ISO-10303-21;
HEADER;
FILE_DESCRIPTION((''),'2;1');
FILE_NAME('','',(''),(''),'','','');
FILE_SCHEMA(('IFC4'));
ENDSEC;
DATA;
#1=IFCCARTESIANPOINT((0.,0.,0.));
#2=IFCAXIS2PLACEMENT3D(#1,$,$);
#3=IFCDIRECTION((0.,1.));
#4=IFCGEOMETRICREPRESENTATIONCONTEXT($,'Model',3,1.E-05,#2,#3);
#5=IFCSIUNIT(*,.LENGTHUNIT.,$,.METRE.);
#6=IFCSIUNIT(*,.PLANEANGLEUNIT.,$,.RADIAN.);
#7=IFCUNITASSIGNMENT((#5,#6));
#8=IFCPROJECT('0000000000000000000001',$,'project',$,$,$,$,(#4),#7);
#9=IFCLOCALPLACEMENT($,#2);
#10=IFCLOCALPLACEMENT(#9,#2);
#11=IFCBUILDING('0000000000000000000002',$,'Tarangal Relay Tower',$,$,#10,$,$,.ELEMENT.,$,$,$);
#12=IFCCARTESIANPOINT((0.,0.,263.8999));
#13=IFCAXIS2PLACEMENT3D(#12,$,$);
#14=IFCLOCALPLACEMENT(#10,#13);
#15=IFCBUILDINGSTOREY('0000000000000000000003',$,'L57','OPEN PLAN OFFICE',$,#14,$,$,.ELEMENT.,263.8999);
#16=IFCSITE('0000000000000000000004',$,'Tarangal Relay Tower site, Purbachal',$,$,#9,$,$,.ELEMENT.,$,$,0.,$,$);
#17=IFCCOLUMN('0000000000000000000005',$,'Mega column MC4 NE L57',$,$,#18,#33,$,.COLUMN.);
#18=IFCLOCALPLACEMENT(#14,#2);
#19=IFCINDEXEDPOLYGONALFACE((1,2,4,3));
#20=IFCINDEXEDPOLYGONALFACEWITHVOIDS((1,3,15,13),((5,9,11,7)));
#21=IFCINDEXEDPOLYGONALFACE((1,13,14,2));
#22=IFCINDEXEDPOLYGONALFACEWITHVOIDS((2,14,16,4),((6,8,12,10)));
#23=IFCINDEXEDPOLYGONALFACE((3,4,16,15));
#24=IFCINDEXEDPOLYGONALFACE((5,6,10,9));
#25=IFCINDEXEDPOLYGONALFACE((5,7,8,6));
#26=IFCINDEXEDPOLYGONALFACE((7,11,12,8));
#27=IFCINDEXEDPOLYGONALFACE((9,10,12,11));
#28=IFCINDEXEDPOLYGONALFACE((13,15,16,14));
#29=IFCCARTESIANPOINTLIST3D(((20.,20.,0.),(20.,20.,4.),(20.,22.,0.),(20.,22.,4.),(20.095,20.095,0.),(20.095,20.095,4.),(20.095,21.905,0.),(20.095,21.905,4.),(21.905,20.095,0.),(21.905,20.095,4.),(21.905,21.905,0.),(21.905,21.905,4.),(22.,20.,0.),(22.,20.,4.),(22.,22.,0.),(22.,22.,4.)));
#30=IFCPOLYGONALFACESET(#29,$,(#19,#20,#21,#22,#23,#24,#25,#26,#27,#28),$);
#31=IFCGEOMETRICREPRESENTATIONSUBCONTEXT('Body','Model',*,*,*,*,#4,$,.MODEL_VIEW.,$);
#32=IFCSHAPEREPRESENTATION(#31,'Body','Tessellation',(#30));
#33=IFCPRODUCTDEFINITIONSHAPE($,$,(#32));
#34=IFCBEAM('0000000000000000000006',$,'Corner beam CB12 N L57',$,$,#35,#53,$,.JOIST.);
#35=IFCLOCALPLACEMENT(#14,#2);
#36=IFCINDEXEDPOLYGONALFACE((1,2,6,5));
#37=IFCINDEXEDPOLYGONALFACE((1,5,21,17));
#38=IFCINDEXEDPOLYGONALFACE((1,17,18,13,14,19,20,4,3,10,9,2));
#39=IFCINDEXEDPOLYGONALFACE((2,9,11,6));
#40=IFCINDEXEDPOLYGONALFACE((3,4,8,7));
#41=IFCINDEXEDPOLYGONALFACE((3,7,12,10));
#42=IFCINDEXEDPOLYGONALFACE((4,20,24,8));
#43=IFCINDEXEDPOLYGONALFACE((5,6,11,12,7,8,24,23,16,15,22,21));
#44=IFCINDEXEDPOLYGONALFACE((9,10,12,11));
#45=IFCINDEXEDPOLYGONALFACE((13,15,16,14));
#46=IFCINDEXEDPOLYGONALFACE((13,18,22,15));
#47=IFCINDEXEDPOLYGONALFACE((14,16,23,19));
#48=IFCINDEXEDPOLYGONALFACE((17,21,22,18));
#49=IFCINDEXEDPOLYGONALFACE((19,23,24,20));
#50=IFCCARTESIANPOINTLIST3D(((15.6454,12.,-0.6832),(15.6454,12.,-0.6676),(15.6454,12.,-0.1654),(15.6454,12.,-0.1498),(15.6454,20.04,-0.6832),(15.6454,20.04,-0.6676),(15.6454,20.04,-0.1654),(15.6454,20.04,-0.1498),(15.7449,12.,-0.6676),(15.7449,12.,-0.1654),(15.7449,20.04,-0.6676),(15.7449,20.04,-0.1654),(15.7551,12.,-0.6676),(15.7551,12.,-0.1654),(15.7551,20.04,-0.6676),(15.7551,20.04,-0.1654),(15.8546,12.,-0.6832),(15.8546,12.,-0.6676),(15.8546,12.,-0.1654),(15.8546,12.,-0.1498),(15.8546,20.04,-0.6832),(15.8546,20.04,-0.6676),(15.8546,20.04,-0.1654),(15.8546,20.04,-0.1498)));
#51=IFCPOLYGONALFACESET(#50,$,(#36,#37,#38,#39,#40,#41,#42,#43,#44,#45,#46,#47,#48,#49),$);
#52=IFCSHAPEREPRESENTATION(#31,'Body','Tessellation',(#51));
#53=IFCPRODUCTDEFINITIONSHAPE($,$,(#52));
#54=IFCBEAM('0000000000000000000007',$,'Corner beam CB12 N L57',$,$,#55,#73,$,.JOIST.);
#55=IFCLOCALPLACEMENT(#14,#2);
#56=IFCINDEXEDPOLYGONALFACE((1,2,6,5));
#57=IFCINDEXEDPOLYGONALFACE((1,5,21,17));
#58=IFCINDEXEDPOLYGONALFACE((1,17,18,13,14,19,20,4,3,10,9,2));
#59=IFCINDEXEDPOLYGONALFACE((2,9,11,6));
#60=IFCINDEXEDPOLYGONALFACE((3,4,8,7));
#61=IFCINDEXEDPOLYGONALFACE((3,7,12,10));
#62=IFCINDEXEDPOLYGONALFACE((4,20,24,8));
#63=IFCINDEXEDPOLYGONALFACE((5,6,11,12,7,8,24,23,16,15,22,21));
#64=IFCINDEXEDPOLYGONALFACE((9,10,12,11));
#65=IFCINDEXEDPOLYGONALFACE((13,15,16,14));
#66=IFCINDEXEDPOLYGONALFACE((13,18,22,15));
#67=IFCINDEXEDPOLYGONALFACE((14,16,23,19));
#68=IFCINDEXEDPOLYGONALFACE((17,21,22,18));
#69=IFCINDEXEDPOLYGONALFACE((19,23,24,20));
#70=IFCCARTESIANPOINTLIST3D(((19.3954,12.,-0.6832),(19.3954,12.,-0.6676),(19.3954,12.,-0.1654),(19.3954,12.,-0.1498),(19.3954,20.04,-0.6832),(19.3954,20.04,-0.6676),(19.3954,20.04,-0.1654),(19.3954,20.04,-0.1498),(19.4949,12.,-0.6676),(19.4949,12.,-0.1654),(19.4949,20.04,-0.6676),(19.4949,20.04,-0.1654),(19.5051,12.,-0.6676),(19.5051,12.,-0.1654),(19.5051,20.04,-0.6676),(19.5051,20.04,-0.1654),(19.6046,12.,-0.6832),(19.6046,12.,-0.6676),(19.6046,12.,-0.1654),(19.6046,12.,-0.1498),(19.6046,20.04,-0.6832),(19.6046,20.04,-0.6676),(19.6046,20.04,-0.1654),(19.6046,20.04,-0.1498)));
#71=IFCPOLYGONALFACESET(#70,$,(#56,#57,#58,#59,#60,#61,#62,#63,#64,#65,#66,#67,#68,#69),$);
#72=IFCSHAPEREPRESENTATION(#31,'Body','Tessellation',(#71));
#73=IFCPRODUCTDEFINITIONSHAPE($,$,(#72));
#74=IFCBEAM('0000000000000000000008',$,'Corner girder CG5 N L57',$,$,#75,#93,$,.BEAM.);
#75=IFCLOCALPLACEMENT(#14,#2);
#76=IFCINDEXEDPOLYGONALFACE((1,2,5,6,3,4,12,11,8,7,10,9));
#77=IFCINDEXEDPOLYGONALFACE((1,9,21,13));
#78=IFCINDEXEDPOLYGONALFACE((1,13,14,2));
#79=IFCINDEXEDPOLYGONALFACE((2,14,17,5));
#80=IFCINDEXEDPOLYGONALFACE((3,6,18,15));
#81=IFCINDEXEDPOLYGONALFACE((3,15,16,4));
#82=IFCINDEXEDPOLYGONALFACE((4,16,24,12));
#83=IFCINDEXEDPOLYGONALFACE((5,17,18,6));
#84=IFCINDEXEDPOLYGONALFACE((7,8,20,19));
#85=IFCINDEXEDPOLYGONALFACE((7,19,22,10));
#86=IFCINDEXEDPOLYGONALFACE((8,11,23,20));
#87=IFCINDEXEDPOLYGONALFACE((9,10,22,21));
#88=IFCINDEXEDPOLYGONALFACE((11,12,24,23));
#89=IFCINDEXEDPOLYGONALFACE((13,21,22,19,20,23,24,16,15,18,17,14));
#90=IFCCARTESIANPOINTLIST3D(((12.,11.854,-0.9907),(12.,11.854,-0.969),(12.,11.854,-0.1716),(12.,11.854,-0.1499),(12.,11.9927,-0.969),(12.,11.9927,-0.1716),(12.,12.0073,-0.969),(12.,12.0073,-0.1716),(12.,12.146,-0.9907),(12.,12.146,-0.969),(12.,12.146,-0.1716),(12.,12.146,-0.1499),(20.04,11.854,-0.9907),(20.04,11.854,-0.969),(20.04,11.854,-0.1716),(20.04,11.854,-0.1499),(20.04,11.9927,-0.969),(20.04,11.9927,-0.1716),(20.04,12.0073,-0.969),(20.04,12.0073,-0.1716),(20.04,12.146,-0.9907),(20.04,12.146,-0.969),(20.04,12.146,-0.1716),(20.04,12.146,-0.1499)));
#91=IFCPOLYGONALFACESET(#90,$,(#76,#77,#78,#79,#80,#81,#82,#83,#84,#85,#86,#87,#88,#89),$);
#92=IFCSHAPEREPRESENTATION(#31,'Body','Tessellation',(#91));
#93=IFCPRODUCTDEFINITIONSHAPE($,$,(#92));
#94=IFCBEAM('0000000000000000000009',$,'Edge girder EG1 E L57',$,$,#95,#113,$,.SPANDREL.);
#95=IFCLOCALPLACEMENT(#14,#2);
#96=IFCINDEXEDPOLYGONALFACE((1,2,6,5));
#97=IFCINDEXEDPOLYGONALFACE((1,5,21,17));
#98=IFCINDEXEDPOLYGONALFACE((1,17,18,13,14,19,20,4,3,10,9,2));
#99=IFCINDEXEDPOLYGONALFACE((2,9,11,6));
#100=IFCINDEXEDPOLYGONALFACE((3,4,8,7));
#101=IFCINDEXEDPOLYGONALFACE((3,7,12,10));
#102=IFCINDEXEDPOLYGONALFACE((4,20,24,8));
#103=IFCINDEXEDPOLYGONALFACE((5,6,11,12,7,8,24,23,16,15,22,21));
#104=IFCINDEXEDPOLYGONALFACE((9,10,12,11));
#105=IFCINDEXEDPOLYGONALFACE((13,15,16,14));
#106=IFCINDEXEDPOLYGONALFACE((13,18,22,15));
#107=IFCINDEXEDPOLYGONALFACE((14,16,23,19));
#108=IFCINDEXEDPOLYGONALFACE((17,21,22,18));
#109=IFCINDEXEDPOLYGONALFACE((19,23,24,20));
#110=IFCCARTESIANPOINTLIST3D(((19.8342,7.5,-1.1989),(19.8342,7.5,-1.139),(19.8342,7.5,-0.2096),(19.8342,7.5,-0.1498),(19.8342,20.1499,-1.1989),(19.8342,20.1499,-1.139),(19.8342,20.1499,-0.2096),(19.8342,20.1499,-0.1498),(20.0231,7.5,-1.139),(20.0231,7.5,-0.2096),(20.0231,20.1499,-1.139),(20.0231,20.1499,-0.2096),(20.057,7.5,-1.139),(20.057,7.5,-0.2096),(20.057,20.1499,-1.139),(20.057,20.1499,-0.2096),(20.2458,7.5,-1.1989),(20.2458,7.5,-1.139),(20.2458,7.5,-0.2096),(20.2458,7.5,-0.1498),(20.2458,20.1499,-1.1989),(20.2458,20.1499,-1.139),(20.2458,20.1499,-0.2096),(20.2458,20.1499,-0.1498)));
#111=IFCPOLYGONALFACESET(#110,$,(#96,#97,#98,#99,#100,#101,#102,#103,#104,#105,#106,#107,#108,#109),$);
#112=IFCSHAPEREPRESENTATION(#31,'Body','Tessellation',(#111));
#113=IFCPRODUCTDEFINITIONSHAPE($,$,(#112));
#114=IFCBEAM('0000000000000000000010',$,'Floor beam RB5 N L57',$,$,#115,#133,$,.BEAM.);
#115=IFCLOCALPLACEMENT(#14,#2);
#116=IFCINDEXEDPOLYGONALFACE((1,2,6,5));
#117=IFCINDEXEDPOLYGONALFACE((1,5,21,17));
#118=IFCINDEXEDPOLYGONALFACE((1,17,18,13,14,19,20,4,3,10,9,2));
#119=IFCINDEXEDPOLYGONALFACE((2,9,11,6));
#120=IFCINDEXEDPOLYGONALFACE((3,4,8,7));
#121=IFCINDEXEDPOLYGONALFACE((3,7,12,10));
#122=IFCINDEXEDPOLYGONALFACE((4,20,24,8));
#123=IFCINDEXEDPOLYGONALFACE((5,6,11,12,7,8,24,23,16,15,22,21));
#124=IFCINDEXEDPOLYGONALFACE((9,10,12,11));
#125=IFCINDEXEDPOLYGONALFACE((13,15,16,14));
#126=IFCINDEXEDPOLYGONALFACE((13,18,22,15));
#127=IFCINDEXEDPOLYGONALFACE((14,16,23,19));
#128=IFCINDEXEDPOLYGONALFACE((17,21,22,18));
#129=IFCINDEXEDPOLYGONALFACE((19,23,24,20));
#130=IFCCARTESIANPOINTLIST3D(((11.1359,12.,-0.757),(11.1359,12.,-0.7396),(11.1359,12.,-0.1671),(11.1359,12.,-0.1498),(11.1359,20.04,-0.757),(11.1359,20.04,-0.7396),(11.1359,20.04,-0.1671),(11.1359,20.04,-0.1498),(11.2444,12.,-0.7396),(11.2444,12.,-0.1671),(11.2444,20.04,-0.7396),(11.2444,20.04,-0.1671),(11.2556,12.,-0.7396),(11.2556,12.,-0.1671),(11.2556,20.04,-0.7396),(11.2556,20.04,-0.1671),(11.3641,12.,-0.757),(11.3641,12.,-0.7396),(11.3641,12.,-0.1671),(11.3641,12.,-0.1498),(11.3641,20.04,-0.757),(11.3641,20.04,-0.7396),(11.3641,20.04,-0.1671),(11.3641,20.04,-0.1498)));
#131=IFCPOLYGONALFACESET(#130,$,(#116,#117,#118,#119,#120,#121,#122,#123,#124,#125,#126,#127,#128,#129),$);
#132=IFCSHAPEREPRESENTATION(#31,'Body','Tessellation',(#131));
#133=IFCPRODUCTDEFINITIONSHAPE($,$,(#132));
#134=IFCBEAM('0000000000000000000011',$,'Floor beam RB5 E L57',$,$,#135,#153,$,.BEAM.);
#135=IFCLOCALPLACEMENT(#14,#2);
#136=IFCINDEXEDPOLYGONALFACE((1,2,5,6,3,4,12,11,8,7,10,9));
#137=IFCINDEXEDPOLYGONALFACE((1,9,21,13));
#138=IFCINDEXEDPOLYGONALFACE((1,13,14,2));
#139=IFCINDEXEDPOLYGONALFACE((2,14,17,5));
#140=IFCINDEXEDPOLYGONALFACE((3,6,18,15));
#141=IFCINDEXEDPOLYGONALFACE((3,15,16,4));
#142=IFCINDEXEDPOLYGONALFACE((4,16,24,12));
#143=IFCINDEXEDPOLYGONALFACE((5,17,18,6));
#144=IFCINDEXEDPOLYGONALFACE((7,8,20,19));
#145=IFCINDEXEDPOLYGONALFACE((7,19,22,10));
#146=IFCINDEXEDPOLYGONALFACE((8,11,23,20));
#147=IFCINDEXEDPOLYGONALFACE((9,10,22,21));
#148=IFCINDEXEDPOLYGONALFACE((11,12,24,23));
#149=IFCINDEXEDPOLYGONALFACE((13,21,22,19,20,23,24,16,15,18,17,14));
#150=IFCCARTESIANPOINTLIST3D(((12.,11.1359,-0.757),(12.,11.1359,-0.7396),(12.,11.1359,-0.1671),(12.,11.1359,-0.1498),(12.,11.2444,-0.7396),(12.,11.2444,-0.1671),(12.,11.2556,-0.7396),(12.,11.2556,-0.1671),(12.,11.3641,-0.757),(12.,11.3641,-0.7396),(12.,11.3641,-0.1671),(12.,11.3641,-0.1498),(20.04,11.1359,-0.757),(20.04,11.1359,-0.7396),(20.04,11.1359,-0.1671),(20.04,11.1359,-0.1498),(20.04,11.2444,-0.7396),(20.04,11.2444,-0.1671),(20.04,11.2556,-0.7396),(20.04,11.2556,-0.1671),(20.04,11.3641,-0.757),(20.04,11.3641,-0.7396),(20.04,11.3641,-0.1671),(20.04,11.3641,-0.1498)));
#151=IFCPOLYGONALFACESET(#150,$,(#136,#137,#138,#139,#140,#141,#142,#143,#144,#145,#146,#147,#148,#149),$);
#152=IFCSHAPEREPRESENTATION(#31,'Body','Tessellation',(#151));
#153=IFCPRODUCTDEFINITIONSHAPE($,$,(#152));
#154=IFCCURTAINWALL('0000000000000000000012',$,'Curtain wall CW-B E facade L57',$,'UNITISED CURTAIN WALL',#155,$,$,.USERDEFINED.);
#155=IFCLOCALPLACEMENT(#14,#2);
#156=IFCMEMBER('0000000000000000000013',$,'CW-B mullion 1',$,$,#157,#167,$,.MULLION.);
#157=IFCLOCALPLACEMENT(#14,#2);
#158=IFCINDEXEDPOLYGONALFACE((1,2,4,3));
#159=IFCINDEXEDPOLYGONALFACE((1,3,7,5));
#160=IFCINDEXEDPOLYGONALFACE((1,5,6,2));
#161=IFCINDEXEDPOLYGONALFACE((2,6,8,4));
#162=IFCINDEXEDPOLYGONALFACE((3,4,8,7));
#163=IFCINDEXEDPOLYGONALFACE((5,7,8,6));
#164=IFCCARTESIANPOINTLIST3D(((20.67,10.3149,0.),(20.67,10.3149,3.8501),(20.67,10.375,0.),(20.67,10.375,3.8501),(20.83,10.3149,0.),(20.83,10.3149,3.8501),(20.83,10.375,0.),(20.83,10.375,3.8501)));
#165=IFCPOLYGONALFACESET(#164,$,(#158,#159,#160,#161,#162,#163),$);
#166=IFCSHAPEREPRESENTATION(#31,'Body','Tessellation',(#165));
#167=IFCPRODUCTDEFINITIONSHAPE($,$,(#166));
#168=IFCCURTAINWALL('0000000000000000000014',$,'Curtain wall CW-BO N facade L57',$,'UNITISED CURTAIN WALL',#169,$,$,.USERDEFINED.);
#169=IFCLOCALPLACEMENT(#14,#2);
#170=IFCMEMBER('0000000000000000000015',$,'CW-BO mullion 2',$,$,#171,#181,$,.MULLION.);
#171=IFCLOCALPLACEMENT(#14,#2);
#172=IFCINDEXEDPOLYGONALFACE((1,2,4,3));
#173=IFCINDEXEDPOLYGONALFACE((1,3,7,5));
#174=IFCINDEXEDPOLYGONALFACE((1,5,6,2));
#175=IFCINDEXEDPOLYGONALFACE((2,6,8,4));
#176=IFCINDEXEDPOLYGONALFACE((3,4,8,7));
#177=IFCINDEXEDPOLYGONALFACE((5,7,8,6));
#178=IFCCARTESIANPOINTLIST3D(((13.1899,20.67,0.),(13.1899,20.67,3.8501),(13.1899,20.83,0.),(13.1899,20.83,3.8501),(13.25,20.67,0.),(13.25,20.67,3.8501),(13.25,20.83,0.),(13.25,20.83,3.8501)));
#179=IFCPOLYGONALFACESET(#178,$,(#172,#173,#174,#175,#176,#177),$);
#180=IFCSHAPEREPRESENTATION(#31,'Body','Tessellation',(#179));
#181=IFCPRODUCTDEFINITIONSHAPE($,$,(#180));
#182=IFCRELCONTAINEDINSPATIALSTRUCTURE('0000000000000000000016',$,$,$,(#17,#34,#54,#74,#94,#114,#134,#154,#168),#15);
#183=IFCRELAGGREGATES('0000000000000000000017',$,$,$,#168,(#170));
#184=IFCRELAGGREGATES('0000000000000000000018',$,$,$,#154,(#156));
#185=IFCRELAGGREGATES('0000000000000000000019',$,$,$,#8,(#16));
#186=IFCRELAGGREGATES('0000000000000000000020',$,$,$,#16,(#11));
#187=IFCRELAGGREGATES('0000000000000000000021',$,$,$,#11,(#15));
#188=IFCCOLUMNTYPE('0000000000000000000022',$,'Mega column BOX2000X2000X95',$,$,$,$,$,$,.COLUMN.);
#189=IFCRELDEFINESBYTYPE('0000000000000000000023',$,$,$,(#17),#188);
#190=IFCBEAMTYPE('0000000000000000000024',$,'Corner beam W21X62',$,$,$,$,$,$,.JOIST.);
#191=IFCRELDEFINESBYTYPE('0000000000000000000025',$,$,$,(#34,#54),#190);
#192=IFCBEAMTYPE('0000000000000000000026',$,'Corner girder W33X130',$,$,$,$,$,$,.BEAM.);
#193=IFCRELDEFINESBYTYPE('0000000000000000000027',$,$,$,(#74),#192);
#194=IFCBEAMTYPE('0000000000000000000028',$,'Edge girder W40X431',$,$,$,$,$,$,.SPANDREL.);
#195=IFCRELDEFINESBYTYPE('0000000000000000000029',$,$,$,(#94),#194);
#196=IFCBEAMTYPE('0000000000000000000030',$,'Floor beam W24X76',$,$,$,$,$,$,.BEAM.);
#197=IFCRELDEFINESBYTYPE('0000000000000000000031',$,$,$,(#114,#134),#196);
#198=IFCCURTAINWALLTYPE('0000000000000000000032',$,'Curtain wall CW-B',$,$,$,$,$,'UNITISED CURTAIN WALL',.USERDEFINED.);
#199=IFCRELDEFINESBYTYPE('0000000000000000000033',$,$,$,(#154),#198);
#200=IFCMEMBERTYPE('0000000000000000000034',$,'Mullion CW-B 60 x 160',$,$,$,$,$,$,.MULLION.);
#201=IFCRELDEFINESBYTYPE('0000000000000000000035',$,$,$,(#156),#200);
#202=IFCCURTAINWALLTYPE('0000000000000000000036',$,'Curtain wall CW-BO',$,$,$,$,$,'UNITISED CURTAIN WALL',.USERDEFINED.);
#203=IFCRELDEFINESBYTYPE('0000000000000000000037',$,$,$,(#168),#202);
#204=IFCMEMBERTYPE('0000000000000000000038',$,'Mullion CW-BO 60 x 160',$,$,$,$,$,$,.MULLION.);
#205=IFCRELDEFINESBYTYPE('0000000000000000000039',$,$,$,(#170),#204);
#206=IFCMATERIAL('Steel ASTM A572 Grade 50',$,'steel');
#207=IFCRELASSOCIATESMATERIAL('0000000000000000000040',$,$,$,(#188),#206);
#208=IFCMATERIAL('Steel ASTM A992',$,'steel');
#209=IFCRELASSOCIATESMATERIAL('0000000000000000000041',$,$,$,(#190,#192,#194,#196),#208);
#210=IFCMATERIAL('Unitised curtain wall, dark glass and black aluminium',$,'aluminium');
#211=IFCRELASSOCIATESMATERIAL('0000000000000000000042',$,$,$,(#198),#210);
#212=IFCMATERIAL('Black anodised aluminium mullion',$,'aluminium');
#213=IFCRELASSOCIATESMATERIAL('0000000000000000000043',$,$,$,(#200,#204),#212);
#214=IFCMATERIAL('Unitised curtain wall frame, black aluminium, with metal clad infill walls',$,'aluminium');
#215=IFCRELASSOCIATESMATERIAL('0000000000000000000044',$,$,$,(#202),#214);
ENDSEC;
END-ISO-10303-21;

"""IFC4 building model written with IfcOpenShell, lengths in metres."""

from ifc_helpers import new_model, si_unit, direction, frame, origin, origin_2d, place, context, subcontext, project, spatial, rectangle, hollow_rectangle, i_section, extrude, material, material_profile, profile_set, type_object, element, aggregate, save


model = new_model("IFC4")

# Units and contexts
model_context = context("Model", 3, precision=1e-05, world=origin(), true_north=direction((0.0, 1.0)))
body_context = subcontext(model_context, "Body", "Model", "MODEL_VIEW")
ifc_project = project(units=[si_unit("LENGTHUNIT", "METRE"), si_unit("PLANEANGLEUNIT", "RADIAN")], contexts=[model_context])

# Site, building, storey
site_placement = place(None, origin())
site = spatial("IfcSite", under=ifc_project, at=site_placement, Name="Tarangal Relay Tower site, Purbachal", CompositionType="ELEMENT", RefElevation=0.0)
building_placement = place(site_placement, origin())
building = spatial("IfcBuilding", under=site, at=building_placement, Name="Tarangal Relay Tower", CompositionType="ELEMENT")
storey_placement = place(building_placement, frame((0.0, 0.0, 263.8999)))
storey = spatial("IfcBuildingStorey", under=building, at=storey_placement, Name="L57", Description="OPEN PLAN OFFICE", CompositionType="ELEMENT", Elevation=263.8999)

# Column
ifc_material_1 = material(Name="Steel ASTM A572 Grade 50", Category="steel")
ifc_material_profile_1 = material_profile(ifc_material_1, hollow_rectangle(XDim=2.0, YDim=2.0, WallThickness=0.095, at=origin_2d()), Name="BOX2000X2000X95")
ifc_profile_set_1 = profile_set([ifc_material_profile_1], Name="Steel ASTM A572 Grade 50")
column_type = type_object("IfcColumnType", Name="Mega column BOX2000X2000X95", PredefinedType="COLUMN", material=ifc_profile_set_1)
column_placement = place(storey_placement, frame((21.0, 21.0, 0.0), z_axis=(0.0, 0.0, 1.0), x_axis=(1.0, 0.0, 0.0)))
element("IfcColumn", 1, at=column_placement, inside=storey, type_object=column_type, Name="Mega column MC4 NE L57", PredefinedType="COLUMN", context=body_context, shape_type="SweptSolid", body=[
    extrude(hollow_rectangle(XDim=2.0, YDim=2.0, WallThickness=0.095, at=origin_2d()), origin(), (0.0, 0.0, 1.0), 4.0),
])

# Beams
ifc_material_2 = material(Name="Steel ASTM A992", Category="steel")
ifc_material_profile_2 = material_profile(ifc_material_2, i_section(OverallWidth=0.2092, OverallDepth=0.5334, WebThickness=0.0103, FlangeThickness=0.0156, at=origin_2d()), Name="W21X62")
ifc_profile_set_2 = profile_set([ifc_material_profile_2], Name="Steel ASTM A992")
beam_type_1 = type_object("IfcBeamType", Name="Corner beam W21X62", PredefinedType="JOIST", material=ifc_profile_set_2)
for number, where, z_axis, x_axis, name in (
    (2, (15.75, 12.0, -0.4165), (0.0, 1.0, 0.0), (-1.0, 0.0, 0.0), "Corner beam CB12 N L57"),
    (3, (19.5, 12.0, -0.4165), (0.0, 1.0, 0.0), (-1.0, 0.0, 0.0), "Corner beam CB12 N L57"),
):
    element("IfcBeam", number, at=place(storey_placement, frame(where, z_axis=z_axis, x_axis=x_axis)), inside=storey, type_object=beam_type_1, Name=name, PredefinedType="JOIST", context=body_context, shape_type="SweptSolid", body=[
        extrude(i_section(OverallWidth=0.2092, OverallDepth=0.5334, WebThickness=0.0103, FlangeThickness=0.0156, at=origin_2d()), origin(), (0.0, 0.0, 1.0), 8.04),
    ])
ifc_material_profile_3 = material_profile(ifc_material_2, i_section(OverallWidth=0.292, OverallDepth=0.8408, WebThickness=0.0146, FlangeThickness=0.0217, at=origin_2d()), Name="W33X130")
ifc_profile_set_3 = profile_set([ifc_material_profile_3], Name="Steel ASTM A992")
beam_type_2 = type_object("IfcBeamType", Name="Corner girder W33X130", PredefinedType="BEAM", material=ifc_profile_set_3)
beam_1_placement = place(storey_placement, frame((12.0, 12.0, -0.5703), z_axis=(1.0, 0.0, 0.0), x_axis=(0.0, 1.0, 0.0)))
element("IfcBeam", 4, at=beam_1_placement, inside=storey, type_object=beam_type_2, Name="Corner girder CG5 N L57", PredefinedType="BEAM", context=body_context, shape_type="SweptSolid", body=[
    extrude(i_section(OverallWidth=0.292, OverallDepth=0.8408, WebThickness=0.0146, FlangeThickness=0.0217, at=origin_2d()), origin(), (0.0, 0.0, 1.0), 8.04),
])
ifc_material_profile_4 = material_profile(ifc_material_2, i_section(OverallWidth=0.4116, OverallDepth=1.0491, WebThickness=0.0339, FlangeThickness=0.0598, at=origin_2d()), Name="W40X431")
ifc_profile_set_4 = profile_set([ifc_material_profile_4], Name="Steel ASTM A992")
beam_type_3 = type_object("IfcBeamType", Name="Edge girder W40X431", PredefinedType="SPANDREL", material=ifc_profile_set_4)
beam_2_placement = place(storey_placement, frame((20.04, 20.1499, -0.6743), z_axis=(0.0, -1.0, 0.0), x_axis=(1.0, 0.0, 0.0)))
element("IfcBeam", 5, at=beam_2_placement, inside=storey, type_object=beam_type_3, Name="Edge girder EG1 E L57", PredefinedType="SPANDREL", context=body_context, shape_type="SweptSolid", body=[
    extrude(i_section(OverallWidth=0.4116, OverallDepth=1.0491, WebThickness=0.0339, FlangeThickness=0.0598, at=origin_2d()), origin(), (0.0, 0.0, 1.0), 12.6499),
])
ifc_material_profile_5 = material_profile(ifc_material_2, i_section(OverallWidth=0.2283, OverallDepth=0.6072, WebThickness=0.0112, FlangeThickness=0.0173, at=origin_2d()), Name="W24X76")
ifc_profile_set_5 = profile_set([ifc_material_profile_5], Name="Steel ASTM A992")
beam_type_4 = type_object("IfcBeamType", Name="Floor beam W24X76", PredefinedType="BEAM", material=ifc_profile_set_5)
for number, where, z_axis, x_axis, name in (
    (6, (11.25, 12.0, -0.4534), (0.0, 1.0, 0.0), (-1.0, 0.0, 0.0), "Floor beam RB5 N L57"),
    (7, (12.0, 11.25, -0.4534), (1.0, 0.0, 0.0), (0.0, 1.0, 0.0), "Floor beam RB5 E L57"),
):
    element("IfcBeam", number, at=place(storey_placement, frame(where, z_axis=z_axis, x_axis=x_axis)), inside=storey, type_object=beam_type_4, Name=name, PredefinedType="BEAM", context=body_context, shape_type="SweptSolid", body=[
        extrude(i_section(OverallWidth=0.2283, OverallDepth=0.6072, WebThickness=0.0112, FlangeThickness=0.0173, at=origin_2d()), origin(), (0.0, 0.0, 1.0), 8.04),
    ])

# Curtain walls, members
ifc_material_3 = material(Name="Unitised curtain wall, dark glass and black aluminium", Category="aluminium")
curtain_wall_type_1 = type_object("IfcCurtainWallType", Name="Curtain wall CW-B", ElementType="UNITISED CURTAIN WALL", PredefinedType="USERDEFINED", material=ifc_material_3)
curtain_wall_1_placement = place(storey_placement, origin())
curtain_wall_1 = element("IfcCurtainWall", 8, at=curtain_wall_1_placement, inside=storey, type_object=curtain_wall_type_1, Name="Curtain wall CW-B E facade L57", ObjectType="UNITISED CURTAIN WALL", PredefinedType="USERDEFINED")
ifc_material_4 = material(Name="Black anodised aluminium mullion", Category="aluminium")
ifc_material_profile_6 = material_profile(ifc_material_4, rectangle(XDim=0.1599, YDim=0.0601, at=origin_2d()), Name="CW-BM 60X160")
ifc_profile_set_6 = profile_set([ifc_material_profile_6], Name="Black anodised aluminium mullion")
member_type_1 = type_object("IfcMemberType", Name="Mullion CW-B 60 x 160", PredefinedType="MULLION", material=ifc_profile_set_6)
member_1_placement = place(storey_placement, frame((20.75, 10.345, 0.0), z_axis=(0.0, 0.0, 1.0), x_axis=(1.0, 0.0, 0.0)))
member_1 = element("IfcMember", 9, at=member_1_placement, type_object=member_type_1, Name="CW-B mullion 1", PredefinedType="MULLION", context=body_context, shape_type="SweptSolid", body=[
    extrude(rectangle(XDim=0.1599, YDim=0.0601, at=origin_2d()), origin(), (0.0, 0.0, 1.0), 3.8501),
])
ifc_material_5 = material(Name="Unitised curtain wall frame, black aluminium, with metal clad infill walls", Category="aluminium")
curtain_wall_type_2 = type_object("IfcCurtainWallType", Name="Curtain wall CW-BO", ElementType="UNITISED CURTAIN WALL", PredefinedType="USERDEFINED", material=ifc_material_5)
curtain_wall_2_placement = place(storey_placement, origin())
curtain_wall_2 = element("IfcCurtainWall", 10, at=curtain_wall_2_placement, inside=storey, type_object=curtain_wall_type_2, Name="Curtain wall CW-BO N facade L57", ObjectType="UNITISED CURTAIN WALL", PredefinedType="USERDEFINED")
ifc_material_profile_7 = material_profile(ifc_material_4, rectangle(XDim=0.1599, YDim=0.0601, at=origin_2d()), Name="CW-BOM 60X160")
ifc_profile_set_7 = profile_set([ifc_material_profile_7], Name="Black anodised aluminium mullion")
member_type_2 = type_object("IfcMemberType", Name="Mullion CW-BO 60 x 160", PredefinedType="MULLION", material=ifc_profile_set_7)
member_2_placement = place(storey_placement, frame((13.22, 20.75, 0.0), z_axis=(0.0, 0.0, 1.0), x_axis=(0.0, 1.0, 0.0)))
member_2 = element("IfcMember", 11, at=member_2_placement, type_object=member_type_2, Name="CW-BO mullion 2", PredefinedType="MULLION", context=body_context, shape_type="SweptSolid", body=[
    extrude(rectangle(XDim=0.1599, YDim=0.0601, at=origin_2d()), origin(), (0.0, 0.0, 1.0), 3.8501),
])
aggregate(curtain_wall_2, [member_2])

aggregate(curtain_wall_1, [member_1])

save(model, "model.ifc")
